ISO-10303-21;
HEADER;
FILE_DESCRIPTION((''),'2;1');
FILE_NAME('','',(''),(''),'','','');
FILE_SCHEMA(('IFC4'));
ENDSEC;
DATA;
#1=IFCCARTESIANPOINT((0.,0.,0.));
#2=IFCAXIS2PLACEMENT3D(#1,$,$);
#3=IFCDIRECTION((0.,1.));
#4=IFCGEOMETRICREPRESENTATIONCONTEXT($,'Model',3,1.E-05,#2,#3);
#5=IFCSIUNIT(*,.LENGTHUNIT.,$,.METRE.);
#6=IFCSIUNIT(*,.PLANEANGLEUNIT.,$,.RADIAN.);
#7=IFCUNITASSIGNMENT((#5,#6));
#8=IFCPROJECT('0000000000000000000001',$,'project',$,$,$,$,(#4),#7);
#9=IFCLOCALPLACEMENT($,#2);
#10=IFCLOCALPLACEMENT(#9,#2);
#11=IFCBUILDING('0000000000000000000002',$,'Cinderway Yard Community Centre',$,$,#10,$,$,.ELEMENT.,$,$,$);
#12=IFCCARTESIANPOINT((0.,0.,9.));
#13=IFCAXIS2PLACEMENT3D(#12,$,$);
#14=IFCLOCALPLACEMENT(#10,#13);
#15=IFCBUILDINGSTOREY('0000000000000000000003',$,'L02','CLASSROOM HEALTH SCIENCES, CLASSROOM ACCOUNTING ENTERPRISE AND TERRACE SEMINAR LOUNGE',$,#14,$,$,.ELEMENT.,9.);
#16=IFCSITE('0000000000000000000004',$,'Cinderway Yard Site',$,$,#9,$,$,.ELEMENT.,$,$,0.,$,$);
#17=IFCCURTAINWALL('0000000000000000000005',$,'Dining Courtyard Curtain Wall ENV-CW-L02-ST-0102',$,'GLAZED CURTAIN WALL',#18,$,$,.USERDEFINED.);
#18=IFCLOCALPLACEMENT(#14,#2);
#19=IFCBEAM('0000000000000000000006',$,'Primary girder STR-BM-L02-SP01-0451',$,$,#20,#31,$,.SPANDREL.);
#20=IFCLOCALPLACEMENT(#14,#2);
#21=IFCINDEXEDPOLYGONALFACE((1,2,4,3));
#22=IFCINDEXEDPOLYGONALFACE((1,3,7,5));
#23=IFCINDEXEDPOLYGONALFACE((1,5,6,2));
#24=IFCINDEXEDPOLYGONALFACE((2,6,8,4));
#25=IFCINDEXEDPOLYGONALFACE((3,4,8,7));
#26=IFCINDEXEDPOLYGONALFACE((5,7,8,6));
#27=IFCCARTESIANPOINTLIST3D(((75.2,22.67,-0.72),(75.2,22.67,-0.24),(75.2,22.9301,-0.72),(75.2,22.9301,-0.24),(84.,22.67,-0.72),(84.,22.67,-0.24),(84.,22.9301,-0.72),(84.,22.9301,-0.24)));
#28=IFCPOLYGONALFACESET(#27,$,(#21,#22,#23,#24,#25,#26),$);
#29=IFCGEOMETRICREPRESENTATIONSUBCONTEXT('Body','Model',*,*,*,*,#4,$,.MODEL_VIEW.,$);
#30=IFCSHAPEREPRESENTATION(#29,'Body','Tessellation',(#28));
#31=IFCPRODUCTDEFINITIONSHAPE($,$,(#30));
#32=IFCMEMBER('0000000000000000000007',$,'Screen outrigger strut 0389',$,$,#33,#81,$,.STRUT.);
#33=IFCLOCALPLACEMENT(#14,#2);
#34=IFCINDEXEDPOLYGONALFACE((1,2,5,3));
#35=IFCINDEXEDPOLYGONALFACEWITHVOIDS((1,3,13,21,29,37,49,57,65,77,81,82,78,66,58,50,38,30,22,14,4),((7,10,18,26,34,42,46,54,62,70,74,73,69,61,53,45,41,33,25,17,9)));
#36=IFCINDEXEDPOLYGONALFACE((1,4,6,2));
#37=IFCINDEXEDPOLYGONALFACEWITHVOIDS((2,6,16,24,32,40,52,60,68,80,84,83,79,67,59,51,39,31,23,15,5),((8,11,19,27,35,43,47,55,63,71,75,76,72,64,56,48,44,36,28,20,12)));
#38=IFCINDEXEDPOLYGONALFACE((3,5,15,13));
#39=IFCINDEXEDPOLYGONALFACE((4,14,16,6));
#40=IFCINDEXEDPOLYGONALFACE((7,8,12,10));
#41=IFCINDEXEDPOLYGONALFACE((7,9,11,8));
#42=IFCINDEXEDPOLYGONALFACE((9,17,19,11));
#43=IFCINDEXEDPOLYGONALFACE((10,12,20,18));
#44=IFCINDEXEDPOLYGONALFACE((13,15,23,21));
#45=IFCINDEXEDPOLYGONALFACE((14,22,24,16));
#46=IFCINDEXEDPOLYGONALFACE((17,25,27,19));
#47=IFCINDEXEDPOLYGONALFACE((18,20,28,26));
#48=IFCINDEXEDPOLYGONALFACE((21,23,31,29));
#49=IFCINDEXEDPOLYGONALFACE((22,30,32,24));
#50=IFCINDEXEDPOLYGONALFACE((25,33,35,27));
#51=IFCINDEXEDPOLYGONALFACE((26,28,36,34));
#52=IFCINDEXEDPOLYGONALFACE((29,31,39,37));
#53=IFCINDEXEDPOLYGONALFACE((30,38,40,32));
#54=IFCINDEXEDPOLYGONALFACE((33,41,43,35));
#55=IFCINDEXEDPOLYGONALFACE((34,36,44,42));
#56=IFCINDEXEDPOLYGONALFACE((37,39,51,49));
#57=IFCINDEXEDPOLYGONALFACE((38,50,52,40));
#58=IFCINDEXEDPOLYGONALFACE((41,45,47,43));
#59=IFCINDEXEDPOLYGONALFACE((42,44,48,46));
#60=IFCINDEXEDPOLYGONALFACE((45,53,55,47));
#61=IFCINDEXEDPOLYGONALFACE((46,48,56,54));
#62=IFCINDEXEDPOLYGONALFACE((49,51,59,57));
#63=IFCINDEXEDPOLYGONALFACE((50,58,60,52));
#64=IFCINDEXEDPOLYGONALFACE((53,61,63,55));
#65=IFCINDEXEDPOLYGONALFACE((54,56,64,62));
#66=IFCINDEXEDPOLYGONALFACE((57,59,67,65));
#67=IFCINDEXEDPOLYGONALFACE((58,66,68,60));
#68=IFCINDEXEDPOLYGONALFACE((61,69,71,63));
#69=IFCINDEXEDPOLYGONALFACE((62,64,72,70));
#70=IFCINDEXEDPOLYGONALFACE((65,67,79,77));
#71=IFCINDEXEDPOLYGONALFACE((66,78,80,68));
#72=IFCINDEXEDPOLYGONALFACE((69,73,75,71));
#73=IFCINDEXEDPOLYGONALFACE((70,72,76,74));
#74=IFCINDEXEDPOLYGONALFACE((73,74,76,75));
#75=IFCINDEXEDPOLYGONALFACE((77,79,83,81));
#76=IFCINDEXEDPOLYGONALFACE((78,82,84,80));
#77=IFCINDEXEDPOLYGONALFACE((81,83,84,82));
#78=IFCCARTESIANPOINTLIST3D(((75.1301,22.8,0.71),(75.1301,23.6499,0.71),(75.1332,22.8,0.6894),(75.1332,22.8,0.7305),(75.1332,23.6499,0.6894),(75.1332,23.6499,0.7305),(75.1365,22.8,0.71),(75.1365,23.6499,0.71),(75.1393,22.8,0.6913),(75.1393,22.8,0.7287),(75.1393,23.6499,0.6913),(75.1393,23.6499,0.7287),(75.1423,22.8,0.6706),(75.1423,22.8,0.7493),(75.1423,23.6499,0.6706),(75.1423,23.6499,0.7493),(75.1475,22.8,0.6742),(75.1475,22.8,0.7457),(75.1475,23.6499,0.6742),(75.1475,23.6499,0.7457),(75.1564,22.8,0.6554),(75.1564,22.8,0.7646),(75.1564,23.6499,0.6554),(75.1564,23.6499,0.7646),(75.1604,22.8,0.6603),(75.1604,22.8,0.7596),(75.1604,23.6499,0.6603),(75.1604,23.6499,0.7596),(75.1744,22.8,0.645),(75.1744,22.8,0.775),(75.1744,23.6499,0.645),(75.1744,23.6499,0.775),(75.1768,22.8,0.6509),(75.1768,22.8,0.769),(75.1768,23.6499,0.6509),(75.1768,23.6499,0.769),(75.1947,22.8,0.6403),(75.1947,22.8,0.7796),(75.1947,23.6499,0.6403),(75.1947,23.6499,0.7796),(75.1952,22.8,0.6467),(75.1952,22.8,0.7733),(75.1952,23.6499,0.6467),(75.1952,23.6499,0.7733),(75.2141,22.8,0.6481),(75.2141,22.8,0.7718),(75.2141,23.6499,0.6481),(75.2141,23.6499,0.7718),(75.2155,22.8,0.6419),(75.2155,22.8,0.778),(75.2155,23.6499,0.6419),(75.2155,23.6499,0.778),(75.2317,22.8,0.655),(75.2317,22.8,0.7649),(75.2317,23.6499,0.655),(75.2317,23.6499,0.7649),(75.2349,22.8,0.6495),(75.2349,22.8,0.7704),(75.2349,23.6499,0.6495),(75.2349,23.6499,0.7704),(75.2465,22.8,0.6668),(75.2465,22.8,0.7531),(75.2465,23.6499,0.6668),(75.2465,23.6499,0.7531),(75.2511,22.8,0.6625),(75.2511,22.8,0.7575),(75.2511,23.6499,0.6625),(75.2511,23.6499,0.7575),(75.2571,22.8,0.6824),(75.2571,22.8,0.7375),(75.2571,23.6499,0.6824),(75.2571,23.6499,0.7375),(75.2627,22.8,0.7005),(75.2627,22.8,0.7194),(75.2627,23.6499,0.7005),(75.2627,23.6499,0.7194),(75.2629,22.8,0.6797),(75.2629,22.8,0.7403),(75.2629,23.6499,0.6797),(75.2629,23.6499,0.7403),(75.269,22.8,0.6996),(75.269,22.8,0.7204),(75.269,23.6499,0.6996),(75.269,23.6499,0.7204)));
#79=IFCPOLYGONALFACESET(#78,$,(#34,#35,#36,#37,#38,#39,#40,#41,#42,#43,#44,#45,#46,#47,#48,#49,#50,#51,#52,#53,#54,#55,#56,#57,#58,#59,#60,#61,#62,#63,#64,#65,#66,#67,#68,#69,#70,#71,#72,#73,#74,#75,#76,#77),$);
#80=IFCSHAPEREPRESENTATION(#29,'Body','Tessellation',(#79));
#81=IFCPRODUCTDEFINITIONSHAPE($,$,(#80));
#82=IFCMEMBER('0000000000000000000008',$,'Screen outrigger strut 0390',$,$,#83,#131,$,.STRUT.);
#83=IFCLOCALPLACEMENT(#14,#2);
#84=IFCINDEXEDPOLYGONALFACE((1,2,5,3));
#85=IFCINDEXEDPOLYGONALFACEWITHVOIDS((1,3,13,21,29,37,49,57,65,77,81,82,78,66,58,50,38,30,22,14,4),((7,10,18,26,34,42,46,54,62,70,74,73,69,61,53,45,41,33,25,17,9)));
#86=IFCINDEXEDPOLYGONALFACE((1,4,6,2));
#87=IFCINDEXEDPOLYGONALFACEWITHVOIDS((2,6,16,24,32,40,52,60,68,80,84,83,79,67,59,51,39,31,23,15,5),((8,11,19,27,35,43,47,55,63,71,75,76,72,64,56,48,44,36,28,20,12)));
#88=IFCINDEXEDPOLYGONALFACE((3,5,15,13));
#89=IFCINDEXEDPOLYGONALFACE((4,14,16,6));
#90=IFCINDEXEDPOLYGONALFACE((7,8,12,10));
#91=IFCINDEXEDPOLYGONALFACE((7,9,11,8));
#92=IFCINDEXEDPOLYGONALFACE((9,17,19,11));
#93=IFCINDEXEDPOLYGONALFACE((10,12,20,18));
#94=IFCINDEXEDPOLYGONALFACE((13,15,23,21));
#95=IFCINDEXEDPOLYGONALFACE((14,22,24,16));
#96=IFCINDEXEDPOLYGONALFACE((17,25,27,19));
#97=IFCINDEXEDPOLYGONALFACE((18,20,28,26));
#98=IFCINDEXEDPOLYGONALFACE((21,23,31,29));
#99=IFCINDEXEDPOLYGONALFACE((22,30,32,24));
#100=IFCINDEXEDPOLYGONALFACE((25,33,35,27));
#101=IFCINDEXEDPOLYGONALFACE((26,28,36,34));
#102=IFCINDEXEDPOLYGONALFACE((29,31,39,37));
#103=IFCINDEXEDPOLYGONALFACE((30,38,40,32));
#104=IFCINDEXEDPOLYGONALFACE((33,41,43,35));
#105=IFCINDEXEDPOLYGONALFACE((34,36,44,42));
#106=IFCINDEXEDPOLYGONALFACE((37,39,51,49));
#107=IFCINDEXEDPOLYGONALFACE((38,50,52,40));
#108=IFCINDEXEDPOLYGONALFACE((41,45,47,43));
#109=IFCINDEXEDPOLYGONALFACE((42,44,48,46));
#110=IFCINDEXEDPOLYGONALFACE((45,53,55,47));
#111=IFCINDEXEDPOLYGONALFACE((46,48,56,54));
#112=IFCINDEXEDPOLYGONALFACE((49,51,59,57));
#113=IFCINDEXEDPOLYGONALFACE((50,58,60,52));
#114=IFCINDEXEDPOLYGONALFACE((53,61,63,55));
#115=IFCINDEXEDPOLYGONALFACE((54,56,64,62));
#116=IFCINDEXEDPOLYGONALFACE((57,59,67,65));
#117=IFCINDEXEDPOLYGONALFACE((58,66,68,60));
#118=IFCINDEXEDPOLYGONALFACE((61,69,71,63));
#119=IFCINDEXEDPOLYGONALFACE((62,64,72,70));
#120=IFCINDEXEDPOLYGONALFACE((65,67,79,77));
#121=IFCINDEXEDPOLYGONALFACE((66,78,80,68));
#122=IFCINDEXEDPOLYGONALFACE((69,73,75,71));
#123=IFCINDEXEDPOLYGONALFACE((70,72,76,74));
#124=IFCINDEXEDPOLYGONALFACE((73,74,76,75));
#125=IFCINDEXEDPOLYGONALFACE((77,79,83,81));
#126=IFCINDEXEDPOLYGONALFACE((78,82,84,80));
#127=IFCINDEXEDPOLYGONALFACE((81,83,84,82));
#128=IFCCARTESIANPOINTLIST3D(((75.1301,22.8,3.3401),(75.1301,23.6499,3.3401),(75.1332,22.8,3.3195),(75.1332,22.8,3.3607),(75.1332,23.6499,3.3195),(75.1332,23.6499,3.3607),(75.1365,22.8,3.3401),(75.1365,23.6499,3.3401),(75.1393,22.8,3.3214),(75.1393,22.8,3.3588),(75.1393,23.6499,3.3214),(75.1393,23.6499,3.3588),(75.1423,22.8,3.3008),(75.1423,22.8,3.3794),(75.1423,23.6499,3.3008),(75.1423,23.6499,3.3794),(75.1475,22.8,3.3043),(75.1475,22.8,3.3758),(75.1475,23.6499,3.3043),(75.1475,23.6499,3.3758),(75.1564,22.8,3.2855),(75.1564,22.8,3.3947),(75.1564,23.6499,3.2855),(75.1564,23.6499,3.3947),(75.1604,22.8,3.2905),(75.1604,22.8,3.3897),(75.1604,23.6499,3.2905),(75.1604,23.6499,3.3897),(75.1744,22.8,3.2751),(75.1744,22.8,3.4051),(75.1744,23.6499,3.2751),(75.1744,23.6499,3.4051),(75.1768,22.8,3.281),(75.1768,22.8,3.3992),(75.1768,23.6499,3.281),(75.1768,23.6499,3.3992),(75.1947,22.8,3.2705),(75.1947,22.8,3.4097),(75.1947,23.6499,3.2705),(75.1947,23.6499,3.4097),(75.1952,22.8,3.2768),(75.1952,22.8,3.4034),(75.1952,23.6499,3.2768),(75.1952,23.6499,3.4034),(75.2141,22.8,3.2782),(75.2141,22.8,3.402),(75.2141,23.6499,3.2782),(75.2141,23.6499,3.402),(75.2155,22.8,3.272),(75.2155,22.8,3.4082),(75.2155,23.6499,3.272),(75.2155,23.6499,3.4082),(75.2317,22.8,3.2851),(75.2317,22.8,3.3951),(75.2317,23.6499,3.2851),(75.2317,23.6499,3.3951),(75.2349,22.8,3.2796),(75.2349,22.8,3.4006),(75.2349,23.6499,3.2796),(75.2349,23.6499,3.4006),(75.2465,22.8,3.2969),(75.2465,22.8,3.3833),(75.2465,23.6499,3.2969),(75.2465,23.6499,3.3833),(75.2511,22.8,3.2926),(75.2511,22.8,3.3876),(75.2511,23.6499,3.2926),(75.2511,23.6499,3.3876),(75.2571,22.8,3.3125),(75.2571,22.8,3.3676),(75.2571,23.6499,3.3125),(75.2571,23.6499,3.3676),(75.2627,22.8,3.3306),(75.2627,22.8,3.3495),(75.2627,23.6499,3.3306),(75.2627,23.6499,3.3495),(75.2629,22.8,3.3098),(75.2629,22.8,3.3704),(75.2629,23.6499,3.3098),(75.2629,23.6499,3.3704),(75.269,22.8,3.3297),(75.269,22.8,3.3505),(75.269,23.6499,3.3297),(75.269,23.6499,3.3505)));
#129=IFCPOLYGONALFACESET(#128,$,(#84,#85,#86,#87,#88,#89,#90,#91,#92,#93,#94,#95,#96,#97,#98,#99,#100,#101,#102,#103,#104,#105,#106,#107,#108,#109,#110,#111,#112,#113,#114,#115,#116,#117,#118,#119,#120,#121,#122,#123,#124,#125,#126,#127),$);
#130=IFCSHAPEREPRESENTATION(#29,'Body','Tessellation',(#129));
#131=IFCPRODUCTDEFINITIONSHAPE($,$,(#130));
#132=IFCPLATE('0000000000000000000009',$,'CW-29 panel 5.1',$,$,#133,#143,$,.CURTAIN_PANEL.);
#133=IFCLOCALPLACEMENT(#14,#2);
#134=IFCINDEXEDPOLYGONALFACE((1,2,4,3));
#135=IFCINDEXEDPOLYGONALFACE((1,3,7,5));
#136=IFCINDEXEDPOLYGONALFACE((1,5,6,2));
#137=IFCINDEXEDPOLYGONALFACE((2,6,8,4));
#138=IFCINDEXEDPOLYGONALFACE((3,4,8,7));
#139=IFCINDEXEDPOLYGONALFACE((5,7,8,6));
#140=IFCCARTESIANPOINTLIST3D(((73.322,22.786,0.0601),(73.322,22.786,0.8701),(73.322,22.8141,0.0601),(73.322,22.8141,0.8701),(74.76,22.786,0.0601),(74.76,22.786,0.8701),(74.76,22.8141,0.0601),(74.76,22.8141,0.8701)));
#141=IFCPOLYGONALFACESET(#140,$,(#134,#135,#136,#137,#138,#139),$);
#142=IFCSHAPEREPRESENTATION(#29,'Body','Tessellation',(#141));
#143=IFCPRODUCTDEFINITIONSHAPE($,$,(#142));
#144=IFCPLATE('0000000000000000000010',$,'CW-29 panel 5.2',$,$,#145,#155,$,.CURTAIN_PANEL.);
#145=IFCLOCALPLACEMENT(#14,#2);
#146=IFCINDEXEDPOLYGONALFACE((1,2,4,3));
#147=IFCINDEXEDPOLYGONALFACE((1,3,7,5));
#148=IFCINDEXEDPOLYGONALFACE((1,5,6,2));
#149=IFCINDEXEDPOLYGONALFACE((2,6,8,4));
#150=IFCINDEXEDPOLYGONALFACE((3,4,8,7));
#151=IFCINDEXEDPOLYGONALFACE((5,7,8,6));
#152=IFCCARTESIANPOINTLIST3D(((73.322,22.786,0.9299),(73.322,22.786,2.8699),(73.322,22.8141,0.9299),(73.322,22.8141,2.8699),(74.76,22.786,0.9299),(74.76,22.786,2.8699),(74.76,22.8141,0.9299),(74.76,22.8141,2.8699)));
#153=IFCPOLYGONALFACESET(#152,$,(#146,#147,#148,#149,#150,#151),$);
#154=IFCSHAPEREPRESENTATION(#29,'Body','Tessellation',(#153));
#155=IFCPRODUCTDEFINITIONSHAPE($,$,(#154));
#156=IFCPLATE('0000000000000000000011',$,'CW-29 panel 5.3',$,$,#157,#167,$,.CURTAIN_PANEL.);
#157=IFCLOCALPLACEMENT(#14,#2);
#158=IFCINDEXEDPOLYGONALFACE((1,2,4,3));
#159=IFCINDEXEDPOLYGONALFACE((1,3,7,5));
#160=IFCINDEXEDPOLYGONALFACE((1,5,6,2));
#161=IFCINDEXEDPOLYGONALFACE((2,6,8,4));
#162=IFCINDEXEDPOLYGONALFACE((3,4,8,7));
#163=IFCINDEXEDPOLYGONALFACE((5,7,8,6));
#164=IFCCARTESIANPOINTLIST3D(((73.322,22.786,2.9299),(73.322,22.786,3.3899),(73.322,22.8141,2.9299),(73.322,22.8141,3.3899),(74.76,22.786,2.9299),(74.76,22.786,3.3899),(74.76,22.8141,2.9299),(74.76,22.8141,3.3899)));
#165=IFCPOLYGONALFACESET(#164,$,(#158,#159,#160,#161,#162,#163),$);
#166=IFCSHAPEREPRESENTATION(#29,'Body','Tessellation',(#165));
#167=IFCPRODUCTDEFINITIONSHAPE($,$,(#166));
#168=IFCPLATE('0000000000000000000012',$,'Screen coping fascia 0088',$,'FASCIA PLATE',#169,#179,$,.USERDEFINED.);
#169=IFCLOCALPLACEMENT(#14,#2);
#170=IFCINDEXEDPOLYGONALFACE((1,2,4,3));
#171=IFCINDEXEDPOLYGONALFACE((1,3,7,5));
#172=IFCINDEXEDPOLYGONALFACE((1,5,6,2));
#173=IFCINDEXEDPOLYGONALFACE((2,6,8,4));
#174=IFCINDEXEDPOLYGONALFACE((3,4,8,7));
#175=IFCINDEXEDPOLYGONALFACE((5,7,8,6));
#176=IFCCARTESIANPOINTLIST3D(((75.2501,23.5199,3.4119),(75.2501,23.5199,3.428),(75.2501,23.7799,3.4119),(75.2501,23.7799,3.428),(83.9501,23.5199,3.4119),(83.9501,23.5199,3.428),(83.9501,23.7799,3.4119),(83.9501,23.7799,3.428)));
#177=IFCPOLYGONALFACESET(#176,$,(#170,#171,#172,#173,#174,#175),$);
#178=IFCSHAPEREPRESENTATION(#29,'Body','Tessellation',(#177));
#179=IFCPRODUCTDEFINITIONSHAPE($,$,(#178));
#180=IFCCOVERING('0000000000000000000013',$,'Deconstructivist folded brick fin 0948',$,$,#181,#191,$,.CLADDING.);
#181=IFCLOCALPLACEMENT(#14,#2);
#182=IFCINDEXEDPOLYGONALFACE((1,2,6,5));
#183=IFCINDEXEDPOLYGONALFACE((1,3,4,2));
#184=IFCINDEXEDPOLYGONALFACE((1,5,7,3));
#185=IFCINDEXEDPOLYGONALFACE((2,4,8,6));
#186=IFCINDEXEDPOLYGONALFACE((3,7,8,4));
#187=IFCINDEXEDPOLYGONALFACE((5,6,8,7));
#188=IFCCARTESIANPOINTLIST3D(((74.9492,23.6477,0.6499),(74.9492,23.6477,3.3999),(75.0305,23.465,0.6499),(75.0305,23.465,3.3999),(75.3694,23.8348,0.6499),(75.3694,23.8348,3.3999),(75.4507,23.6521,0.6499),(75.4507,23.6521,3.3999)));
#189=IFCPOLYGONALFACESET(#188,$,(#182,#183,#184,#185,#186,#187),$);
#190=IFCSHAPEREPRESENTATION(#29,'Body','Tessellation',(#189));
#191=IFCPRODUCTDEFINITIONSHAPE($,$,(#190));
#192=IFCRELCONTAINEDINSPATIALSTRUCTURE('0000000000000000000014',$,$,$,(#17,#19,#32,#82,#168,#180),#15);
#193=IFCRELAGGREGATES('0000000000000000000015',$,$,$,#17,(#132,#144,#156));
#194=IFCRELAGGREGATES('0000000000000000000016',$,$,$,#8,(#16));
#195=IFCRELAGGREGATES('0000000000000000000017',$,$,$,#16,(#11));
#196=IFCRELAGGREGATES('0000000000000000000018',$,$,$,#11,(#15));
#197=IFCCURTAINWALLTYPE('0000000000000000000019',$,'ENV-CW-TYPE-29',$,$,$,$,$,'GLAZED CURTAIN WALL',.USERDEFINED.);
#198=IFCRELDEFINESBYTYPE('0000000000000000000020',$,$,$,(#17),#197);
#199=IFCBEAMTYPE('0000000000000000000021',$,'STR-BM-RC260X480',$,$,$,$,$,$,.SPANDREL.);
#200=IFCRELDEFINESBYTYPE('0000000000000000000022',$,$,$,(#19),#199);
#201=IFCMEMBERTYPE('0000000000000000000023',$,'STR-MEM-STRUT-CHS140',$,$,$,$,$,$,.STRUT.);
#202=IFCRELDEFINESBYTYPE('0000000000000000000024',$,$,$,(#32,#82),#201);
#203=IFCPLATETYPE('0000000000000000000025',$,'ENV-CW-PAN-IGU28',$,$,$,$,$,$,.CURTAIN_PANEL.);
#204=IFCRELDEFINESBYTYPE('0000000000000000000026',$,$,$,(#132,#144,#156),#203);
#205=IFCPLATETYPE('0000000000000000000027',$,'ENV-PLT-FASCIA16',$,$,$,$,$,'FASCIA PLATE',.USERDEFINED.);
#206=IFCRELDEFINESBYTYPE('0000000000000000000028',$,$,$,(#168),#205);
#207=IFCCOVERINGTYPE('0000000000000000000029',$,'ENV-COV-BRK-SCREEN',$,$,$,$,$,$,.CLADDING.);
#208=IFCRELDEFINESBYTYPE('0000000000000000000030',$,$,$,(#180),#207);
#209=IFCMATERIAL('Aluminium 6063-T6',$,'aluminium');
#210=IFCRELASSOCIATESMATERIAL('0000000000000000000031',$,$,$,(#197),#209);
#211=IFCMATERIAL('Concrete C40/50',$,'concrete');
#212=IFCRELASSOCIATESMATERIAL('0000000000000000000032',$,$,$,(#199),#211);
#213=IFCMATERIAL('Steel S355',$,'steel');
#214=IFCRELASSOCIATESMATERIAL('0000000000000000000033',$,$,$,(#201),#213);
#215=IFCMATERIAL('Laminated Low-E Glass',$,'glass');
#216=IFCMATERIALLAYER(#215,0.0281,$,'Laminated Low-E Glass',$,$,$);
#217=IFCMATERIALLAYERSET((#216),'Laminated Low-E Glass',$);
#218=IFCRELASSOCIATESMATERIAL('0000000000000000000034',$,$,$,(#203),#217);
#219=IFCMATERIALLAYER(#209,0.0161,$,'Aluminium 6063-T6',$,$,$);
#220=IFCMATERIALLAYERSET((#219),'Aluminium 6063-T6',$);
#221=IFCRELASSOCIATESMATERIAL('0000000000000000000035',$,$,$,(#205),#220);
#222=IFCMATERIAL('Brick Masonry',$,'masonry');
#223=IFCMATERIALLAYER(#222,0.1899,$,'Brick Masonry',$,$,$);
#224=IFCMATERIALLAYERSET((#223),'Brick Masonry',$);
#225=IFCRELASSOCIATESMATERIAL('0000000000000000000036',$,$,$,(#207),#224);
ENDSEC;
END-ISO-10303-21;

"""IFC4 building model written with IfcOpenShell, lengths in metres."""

from ifc_helpers import new_model, si_unit, direction, frame, origin, origin_2d, place, context, subcontext, project, spatial, rectangle, hollow_circle, extrude, material, layer, layer_set, material_profile, profile_set, type_object, element, aggregate, save


model = new_model("IFC4")

# Units and contexts
model_context = context("Model", 3, precision=1e-05, world=origin(), true_north=direction((0.0, 1.0)))
body_context = subcontext(model_context, "Body", "Model", "MODEL_VIEW")
ifc_project = project(units=[si_unit("LENGTHUNIT", "METRE"), si_unit("PLANEANGLEUNIT", "RADIAN")], contexts=[model_context])

# Site, building, storey
site_placement = place(None, origin())
site = spatial("IfcSite", under=ifc_project, at=site_placement, Name="Cinderway Yard Site", CompositionType="ELEMENT", RefElevation=0.0)
building_placement = place(site_placement, origin())
building = spatial("IfcBuilding", under=site, at=building_placement, Name="Cinderway Yard Community Centre", CompositionType="ELEMENT")
storey_placement = place(building_placement, frame((0.0, 0.0, 9.0)))
storey = spatial("IfcBuildingStorey", under=building, at=storey_placement, Name="L02", Description="CLASSROOM HEALTH SCIENCES, CLASSROOM ACCOUNTING ENTERPRISE AND TERRACE SEMINAR LOUNGE", CompositionType="ELEMENT", Elevation=9.0)

# Shared definitions
ifc_material_1 = material(Name="Concrete C40/50", Category="concrete")

# Curtain wall
ifc_material_2 = material(Name="Aluminium 6063-T6", Category="aluminium")
curtain_wall_type = type_object("IfcCurtainWallType", Name="ENV-CW-TYPE-29", ElementType="GLAZED CURTAIN WALL", PredefinedType="USERDEFINED", material=ifc_material_2)
curtain_wall_placement = place(storey_placement, origin())
curtain_wall = element("IfcCurtainWall", 1, at=curtain_wall_placement, inside=storey, type_object=curtain_wall_type, Name="Dining Courtyard Curtain Wall ENV-CW-L02-ST-0102", ObjectType="GLAZED CURTAIN WALL", PredefinedType="USERDEFINED")

# Shared definitions
ifc_material_3 = material(Name="Steel S355", Category="steel")

# Beam
ifc_material_profile_1 = material_profile(ifc_material_1, rectangle(XDim=0.26, YDim=0.48, at=origin_2d()), Name="Concrete C40/50")
ifc_profile_set_1 = profile_set([ifc_material_profile_1], Name="Concrete C40/50")
beam_type = type_object("IfcBeamType", Name="STR-BM-RC260X480", PredefinedType="SPANDREL", material=ifc_profile_set_1)
beam_placement = place(storey_placement, frame((75.2, 22.8, -0.48), z_axis=(1.0, 0.0, 0.0), x_axis=(0.0, 1.0, 0.0)))
element("IfcBeam", 2, at=beam_placement, inside=storey, type_object=beam_type, Name="Primary girder STR-BM-L02-SP01-0451", PredefinedType="SPANDREL", context=body_context, shape_type="SweptSolid", body=[
    extrude(rectangle(XDim=0.26, YDim=0.48, at=origin_2d()), origin(), (0.0, 0.0, 1.0), 8.8),
])

# Members
ifc_material_profile_2 = material_profile(ifc_material_3, hollow_circle(Radius=0.0698, WallThickness=0.0063, at=origin_2d()), Name="Steel S355")
ifc_profile_set_2 = profile_set([ifc_material_profile_2], Name="Steel S355")
member_type_1 = type_object("IfcMemberType", Name="STR-MEM-STRUT-CHS140", PredefinedType="STRUT", material=ifc_profile_set_2)
for number, where, z_axis, x_axis, name in (
    (3, (75.2, 22.8, 0.71), (0.0, 1.0, 0.0), (-1.0, 0.0, 0.0), "Screen outrigger strut 0389"),
    (4, (75.2, 22.8, 3.3401), (0.0, 1.0, 0.0), (-1.0, 0.0, 0.0), "Screen outrigger strut 0390"),
):
    element("IfcMember", number, at=place(storey_placement, frame(where, z_axis=z_axis, x_axis=x_axis)), inside=storey, type_object=member_type_1, Name=name, PredefinedType="STRUT", context=body_context, shape_type="SweptSolid", body=[
        extrude(hollow_circle(Radius=0.0698, WallThickness=0.0063, at=origin_2d()), origin(), (0.0, 0.0, 1.0), 0.8499),
    ])

# Plates
ifc_material_4 = material(Name="Laminated Low-E Glass", Category="glass")
ifc_layer_1 = layer(ifc_material_4, 0.0281, Name="Laminated Low-E Glass")
ifc_layer_set_1 = layer_set([ifc_layer_1], Name="Laminated Low-E Glass")
plate_type_1 = type_object("IfcPlateType", Name="ENV-CW-PAN-IGU28", PredefinedType="CURTAIN_PANEL", material=ifc_layer_set_1)
plate_1_placement = place(storey_placement, frame((74.041, 22.8, 0.0601), z_axis=(0.0, 0.0, 1.0), x_axis=(1.0, 0.0, 0.0)))
plate_1 = element("IfcPlate", 5, at=plate_1_placement, type_object=plate_type_1, Name="CW-29 panel 5.1", PredefinedType="CURTAIN_PANEL", context=body_context, shape_type="SweptSolid", body=[
    extrude(rectangle(XDim=1.438, YDim=0.0281, at=origin_2d()), origin(), (0.0, 0.0, 1.0), 0.8101),
])
plate_2_placement = place(storey_placement, frame((74.041, 22.8, 0.9299), z_axis=(0.0, 0.0, 1.0), x_axis=(1.0, 0.0, 0.0)))
plate_2 = element("IfcPlate", 6, at=plate_2_placement, type_object=plate_type_1, Name="CW-29 panel 5.2", PredefinedType="CURTAIN_PANEL", context=body_context, shape_type="SweptSolid", body=[
    extrude(rectangle(XDim=1.438, YDim=0.0281, at=origin_2d()), origin(), (0.0, 0.0, 1.0), 1.9399),
])
plate_3_placement = place(storey_placement, frame((74.041, 22.8, 2.9299), z_axis=(0.0, 0.0, 1.0), x_axis=(1.0, 0.0, 0.0)))
plate_3 = element("IfcPlate", 7, at=plate_3_placement, type_object=plate_type_1, Name="CW-29 panel 5.3", PredefinedType="CURTAIN_PANEL", context=body_context, shape_type="SweptSolid", body=[
    extrude(rectangle(XDim=1.438, YDim=0.0281, at=origin_2d()), origin(), (0.0, 0.0, 1.0), 0.46),
])
aggregate(curtain_wall, [plate_1, plate_2, plate_3])
ifc_layer_2 = layer(ifc_material_2, 0.0161, Name="Aluminium 6063-T6")
ifc_layer_set_2 = layer_set([ifc_layer_2], Name="Aluminium 6063-T6")
plate_type_2 = type_object("IfcPlateType", Name="ENV-PLT-FASCIA16", ElementType="FASCIA PLATE", PredefinedType="USERDEFINED", material=ifc_layer_set_2)
plate_4_placement = place(storey_placement, frame((79.6001, 23.6499, 3.4119), z_axis=(0.0, 0.0, 1.0), x_axis=(1.0, 0.0, 0.0)))
element("IfcPlate", 8, at=plate_4_placement, inside=storey, type_object=plate_type_2, Name="Screen coping fascia 0088", ObjectType="FASCIA PLATE", PredefinedType="USERDEFINED", context=body_context, shape_type="SweptSolid", body=[
    extrude(rectangle(XDim=8.7, YDim=0.26, at=origin_2d()), origin(), (0.0, 0.0, 1.0), 0.0161),
])

# Covering
ifc_material_5 = material(Name="Brick Masonry", Category="masonry")
ifc_layer_3 = layer(ifc_material_5, 0.1899, Name="Brick Masonry")
ifc_layer_set_3 = layer_set([ifc_layer_3], Name="Brick Masonry")
covering_type = type_object("IfcCoveringType", Name="ENV-COV-BRK-SCREEN", PredefinedType="CLADDING", material=ifc_layer_set_3)
covering_placement = place(storey_placement, frame((75.2, 23.6499, 0.6499), z_axis=(0.0, 0.0, 1.0), x_axis=(0.913545, 0.406737, 0.0)))
element("IfcCovering", 9, at=covering_placement, inside=storey, type_object=covering_type, Name="Deconstructivist folded brick fin 0948", PredefinedType="CLADDING", context=body_context, shape_type="SweptSolid", body=[
    extrude(rectangle(XDim=0.46, YDim=0.2, at=origin_2d()), origin(), (0.0, 0.0, 1.0), 2.75),
])

save(model, "model.ifc")
